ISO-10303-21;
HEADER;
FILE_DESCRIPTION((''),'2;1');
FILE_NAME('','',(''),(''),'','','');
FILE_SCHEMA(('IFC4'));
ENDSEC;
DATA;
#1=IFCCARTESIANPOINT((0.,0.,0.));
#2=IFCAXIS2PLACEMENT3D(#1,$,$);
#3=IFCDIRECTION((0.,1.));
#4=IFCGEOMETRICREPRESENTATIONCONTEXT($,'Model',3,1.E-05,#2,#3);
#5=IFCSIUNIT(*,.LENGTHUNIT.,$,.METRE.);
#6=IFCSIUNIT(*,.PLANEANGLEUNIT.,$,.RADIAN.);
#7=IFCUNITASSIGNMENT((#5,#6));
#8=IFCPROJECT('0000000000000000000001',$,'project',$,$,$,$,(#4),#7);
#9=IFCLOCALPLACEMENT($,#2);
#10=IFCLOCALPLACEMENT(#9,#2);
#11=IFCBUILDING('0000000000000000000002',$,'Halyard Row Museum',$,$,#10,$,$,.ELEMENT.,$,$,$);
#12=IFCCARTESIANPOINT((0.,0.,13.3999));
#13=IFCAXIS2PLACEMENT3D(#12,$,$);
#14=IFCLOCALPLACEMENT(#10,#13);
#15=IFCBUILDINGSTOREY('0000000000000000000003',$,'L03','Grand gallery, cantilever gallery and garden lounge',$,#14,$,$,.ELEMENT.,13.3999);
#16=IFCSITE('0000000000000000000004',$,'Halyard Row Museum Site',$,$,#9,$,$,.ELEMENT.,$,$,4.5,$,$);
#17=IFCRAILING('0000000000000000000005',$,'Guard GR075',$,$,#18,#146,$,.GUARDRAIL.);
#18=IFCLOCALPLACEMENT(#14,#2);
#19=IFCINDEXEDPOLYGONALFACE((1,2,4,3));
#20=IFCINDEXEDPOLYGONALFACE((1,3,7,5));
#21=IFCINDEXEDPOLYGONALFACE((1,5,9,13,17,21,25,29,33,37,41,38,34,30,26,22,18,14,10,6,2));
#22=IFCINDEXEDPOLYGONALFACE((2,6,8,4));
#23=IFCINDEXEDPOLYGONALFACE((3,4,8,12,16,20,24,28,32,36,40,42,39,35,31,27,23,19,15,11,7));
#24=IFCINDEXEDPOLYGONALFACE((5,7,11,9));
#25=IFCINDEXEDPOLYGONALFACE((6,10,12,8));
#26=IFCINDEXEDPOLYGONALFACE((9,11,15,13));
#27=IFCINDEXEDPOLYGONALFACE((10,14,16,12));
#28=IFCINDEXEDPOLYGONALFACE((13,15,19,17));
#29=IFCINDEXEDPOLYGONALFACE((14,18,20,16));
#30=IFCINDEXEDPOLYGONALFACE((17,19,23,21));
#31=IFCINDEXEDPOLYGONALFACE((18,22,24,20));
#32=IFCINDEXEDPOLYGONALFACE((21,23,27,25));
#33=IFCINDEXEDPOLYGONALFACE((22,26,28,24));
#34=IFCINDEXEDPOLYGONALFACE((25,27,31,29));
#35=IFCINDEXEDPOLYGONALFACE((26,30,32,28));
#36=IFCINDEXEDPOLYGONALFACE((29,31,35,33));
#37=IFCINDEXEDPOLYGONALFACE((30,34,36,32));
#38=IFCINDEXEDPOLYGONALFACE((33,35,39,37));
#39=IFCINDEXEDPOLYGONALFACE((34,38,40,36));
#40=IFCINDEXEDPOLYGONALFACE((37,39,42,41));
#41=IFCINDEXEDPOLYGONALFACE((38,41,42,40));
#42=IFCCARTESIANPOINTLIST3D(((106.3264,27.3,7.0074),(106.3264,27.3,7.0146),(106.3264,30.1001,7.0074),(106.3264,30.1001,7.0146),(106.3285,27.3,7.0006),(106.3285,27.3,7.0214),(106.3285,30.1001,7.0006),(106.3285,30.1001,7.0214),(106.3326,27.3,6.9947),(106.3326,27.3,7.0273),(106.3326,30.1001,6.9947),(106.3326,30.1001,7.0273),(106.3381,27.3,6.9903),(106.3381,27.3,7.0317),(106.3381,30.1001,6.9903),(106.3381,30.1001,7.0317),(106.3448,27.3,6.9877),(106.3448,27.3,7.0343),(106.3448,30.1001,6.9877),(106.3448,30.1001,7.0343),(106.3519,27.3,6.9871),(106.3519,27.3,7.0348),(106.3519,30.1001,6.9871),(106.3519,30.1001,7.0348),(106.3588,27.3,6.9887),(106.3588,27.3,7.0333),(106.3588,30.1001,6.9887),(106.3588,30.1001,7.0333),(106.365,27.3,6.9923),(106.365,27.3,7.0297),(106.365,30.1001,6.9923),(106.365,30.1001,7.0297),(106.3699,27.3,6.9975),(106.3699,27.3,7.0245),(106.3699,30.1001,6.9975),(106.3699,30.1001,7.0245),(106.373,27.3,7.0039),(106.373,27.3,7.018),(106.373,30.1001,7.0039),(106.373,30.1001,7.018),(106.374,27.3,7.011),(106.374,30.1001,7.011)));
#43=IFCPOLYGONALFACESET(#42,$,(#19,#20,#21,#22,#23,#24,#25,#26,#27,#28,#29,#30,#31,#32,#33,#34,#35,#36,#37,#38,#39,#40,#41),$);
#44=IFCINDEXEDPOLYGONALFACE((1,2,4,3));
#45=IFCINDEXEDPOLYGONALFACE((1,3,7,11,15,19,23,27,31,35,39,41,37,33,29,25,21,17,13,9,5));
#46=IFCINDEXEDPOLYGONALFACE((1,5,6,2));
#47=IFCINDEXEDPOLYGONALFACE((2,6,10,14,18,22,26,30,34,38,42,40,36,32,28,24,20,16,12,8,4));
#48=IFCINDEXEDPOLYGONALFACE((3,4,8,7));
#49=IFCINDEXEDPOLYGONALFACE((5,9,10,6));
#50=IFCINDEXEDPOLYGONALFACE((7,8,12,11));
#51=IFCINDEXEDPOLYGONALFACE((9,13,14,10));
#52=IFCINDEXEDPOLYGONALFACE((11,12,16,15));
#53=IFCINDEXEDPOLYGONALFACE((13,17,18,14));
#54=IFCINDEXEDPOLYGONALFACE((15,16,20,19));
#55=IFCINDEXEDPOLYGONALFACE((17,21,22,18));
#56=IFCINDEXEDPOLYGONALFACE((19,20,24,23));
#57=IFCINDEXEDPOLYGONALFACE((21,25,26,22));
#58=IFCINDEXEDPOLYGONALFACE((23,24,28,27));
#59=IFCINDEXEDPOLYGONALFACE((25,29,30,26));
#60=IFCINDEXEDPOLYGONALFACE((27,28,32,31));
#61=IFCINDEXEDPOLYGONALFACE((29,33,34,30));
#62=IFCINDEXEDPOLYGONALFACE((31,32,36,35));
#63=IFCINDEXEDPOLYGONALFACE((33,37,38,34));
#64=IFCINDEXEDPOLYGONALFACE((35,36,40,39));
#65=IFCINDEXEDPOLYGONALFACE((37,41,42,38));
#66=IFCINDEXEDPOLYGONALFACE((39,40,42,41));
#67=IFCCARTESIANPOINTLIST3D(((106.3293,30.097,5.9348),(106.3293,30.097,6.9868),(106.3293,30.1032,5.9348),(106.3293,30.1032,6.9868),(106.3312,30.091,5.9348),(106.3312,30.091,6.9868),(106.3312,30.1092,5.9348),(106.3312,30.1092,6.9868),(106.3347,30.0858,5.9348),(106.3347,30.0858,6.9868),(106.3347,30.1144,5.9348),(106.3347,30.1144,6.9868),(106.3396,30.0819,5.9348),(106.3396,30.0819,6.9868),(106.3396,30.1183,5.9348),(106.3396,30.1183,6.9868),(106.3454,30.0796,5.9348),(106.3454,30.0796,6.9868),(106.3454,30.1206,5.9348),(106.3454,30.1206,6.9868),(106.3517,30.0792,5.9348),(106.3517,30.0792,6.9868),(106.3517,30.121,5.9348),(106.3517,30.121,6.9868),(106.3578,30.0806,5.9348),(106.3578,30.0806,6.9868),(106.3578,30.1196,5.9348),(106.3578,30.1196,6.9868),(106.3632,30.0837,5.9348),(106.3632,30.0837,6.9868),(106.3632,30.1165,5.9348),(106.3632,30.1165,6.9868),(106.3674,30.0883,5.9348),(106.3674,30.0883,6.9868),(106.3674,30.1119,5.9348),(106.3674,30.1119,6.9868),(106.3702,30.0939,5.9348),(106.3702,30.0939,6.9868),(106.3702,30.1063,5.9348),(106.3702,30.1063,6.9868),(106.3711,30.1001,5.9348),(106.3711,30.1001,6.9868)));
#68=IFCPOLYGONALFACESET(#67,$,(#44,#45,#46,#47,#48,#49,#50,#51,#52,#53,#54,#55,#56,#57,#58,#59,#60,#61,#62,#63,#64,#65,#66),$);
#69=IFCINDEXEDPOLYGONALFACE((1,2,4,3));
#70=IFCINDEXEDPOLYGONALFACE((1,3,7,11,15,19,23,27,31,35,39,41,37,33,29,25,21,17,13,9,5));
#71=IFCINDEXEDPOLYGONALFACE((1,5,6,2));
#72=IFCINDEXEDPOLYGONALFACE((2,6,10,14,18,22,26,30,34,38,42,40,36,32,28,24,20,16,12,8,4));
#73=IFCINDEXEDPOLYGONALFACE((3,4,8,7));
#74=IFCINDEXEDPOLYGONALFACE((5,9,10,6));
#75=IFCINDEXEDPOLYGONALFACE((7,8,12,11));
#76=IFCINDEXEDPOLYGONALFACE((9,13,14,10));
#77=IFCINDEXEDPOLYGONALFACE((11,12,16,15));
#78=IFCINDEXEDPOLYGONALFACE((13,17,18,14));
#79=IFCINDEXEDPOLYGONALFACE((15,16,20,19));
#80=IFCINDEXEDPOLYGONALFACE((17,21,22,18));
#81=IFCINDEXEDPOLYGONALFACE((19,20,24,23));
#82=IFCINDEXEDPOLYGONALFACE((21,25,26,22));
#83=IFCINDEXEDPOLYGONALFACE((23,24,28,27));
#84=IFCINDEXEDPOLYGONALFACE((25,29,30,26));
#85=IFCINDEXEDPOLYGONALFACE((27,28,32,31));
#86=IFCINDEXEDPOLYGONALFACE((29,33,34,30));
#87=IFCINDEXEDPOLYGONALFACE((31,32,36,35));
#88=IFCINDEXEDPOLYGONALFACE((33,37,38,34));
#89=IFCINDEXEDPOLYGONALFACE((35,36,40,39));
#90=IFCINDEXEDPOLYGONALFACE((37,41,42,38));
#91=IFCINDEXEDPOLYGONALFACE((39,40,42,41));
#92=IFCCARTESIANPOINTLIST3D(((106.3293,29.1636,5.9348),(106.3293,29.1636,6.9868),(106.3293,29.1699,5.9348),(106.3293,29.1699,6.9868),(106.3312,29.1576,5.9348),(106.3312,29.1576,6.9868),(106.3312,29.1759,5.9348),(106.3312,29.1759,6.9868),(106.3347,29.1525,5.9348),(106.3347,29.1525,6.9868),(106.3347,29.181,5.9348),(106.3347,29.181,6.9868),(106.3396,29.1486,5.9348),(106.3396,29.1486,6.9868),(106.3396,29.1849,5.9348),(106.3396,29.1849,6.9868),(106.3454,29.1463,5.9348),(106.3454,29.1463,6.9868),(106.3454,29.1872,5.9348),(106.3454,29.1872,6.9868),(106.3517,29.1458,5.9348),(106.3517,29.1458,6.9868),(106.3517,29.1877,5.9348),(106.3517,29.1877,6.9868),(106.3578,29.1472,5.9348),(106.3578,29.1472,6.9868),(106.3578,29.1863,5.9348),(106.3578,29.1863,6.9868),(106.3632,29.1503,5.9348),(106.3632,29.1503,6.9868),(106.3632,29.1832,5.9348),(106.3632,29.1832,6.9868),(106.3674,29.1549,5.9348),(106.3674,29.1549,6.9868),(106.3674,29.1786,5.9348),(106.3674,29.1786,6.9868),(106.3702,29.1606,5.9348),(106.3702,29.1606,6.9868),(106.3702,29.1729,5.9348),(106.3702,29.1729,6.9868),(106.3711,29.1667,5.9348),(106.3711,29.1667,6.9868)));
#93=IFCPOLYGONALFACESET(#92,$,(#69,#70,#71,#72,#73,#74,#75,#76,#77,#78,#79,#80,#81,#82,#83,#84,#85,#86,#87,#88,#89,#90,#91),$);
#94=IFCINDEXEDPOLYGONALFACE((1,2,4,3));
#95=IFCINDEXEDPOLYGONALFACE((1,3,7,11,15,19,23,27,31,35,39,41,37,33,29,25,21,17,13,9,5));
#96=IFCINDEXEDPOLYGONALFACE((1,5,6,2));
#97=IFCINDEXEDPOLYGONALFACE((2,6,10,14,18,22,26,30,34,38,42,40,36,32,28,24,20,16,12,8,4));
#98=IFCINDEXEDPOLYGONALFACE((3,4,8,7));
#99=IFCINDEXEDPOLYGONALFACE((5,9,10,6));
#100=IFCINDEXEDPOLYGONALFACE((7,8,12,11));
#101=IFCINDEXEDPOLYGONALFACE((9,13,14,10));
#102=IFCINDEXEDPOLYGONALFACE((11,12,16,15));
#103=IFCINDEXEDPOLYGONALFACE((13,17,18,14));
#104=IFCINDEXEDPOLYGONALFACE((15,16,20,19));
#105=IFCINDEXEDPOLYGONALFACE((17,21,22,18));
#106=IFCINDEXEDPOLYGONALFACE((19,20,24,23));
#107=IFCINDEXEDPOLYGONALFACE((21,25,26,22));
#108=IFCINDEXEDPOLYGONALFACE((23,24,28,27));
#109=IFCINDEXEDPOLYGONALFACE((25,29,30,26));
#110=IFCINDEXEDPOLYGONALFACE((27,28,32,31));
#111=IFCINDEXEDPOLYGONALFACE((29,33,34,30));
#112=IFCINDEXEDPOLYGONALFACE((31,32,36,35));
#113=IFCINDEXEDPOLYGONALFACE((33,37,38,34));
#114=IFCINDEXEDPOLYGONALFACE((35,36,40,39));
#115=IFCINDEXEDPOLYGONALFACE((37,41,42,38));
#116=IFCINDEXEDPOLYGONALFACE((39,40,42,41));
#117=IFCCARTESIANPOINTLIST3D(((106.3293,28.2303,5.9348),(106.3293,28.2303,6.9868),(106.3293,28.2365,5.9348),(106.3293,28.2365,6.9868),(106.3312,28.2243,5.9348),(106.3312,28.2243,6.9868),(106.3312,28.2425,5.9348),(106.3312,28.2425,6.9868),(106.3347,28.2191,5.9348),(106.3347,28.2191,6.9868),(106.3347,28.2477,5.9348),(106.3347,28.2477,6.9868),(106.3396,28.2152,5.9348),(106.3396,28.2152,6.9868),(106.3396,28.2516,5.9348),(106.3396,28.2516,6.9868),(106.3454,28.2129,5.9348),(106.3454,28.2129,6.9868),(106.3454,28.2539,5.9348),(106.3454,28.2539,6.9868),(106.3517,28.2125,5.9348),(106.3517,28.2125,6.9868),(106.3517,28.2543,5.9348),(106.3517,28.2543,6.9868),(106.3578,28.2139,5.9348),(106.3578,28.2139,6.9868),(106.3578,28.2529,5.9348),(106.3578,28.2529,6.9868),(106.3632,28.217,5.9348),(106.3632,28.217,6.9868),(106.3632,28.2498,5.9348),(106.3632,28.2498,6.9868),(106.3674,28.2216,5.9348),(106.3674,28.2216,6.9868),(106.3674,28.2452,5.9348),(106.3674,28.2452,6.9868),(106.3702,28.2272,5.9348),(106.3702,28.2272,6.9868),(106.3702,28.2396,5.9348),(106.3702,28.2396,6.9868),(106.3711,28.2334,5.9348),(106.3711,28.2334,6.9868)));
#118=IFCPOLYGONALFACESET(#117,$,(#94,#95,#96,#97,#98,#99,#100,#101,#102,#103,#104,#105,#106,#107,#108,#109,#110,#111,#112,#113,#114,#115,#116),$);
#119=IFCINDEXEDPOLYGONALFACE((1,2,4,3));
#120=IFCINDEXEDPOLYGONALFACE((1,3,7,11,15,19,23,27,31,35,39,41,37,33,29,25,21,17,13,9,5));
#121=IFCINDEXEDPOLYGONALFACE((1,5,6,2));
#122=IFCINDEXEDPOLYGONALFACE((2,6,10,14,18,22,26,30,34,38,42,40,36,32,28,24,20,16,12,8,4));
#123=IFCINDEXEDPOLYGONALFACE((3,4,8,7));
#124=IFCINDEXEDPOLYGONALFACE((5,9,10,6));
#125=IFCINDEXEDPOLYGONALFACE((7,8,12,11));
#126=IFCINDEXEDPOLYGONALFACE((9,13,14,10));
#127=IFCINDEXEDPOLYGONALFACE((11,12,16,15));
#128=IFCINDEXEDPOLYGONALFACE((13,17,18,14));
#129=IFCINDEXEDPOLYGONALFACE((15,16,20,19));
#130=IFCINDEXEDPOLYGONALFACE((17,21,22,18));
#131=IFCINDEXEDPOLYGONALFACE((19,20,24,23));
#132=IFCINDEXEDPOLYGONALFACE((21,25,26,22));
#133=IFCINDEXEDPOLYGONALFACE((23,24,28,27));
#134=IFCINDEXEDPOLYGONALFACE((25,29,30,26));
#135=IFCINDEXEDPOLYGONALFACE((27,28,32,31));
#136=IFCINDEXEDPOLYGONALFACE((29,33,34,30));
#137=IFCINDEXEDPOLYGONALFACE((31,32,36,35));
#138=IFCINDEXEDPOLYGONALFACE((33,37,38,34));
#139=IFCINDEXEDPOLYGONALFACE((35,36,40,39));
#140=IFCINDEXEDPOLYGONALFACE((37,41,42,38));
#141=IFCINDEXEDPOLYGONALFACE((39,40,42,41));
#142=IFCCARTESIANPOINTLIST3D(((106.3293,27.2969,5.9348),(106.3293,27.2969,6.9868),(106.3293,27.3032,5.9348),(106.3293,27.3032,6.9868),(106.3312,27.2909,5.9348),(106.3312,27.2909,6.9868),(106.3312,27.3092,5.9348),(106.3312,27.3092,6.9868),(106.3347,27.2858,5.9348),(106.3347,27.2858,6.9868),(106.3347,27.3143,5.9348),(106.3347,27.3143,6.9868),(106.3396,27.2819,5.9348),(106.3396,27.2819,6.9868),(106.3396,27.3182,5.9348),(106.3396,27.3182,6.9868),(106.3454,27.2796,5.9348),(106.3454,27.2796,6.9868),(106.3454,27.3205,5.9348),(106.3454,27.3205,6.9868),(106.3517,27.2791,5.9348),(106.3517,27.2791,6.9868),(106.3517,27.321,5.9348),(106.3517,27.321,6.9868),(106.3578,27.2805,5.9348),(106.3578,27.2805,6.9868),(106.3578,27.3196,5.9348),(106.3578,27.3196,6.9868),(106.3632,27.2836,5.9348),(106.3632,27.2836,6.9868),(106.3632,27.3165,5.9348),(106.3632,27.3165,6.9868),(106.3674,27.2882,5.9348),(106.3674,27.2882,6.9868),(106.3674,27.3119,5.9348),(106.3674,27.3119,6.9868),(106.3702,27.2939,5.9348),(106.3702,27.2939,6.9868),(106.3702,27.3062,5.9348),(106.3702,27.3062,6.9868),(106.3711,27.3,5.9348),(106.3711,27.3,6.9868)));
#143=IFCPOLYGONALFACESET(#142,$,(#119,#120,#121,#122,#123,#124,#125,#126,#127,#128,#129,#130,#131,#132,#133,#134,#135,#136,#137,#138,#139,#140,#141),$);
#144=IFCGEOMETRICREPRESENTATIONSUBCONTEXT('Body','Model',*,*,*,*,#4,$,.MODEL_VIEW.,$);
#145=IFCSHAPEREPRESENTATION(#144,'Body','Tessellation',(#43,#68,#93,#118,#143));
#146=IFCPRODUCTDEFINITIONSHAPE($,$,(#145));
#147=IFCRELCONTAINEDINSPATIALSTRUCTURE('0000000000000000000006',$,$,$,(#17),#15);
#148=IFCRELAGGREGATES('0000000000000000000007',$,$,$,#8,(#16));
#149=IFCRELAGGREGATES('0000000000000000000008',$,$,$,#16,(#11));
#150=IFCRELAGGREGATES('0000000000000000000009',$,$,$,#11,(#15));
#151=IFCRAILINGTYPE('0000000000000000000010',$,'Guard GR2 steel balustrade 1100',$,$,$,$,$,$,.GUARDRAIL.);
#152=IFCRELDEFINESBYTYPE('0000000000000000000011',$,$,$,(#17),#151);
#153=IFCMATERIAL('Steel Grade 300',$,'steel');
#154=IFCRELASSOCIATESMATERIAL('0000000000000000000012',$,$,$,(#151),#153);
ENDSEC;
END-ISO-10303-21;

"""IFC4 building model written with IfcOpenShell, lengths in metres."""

from ifc_helpers import new_model, si_unit, direction, frame, origin, origin_2d, place, context, subcontext, project, spatial, circle, extrude, material, type_object, element, save


model = new_model("IFC4")

# Units and contexts
model_context = context("Model", 3, precision=1e-05, world=origin(), true_north=direction((0.0, 1.0)))
body_context = subcontext(model_context, "Body", "Model", "MODEL_VIEW")
ifc_project = project(units=[si_unit("LENGTHUNIT", "METRE"), si_unit("PLANEANGLEUNIT", "RADIAN")], contexts=[model_context])

# Site, building, storey
site_placement = place(None, origin())
site = spatial("IfcSite", under=ifc_project, at=site_placement, Name="Halyard Row Museum Site", CompositionType="ELEMENT", RefElevation=4.5)
building_placement = place(site_placement, origin())
building = spatial("IfcBuilding", under=site, at=building_placement, Name="Halyard Row Museum", CompositionType="ELEMENT")
storey_placement = place(building_placement, frame((0.0, 0.0, 13.3999)))
storey = spatial("IfcBuildingStorey", under=building, at=storey_placement, Name="L03", Description="Grand gallery, cantilever gallery and garden lounge", CompositionType="ELEMENT", Elevation=13.3999)

# Railing
ifc_material_1 = material(Name="Steel Grade 300", Category="steel")
railing_type_1 = type_object("IfcRailingType", Name="Guard GR2 steel balustrade 1100", PredefinedType="GUARDRAIL", material=ifc_material_1)
railing_1_placement = place(storey_placement, frame((106.3501, 30.1001, 5.9348)))
element("IfcRailing", 1, at=railing_1_placement, inside=storey, type_object=railing_type_1, Name="Guard GR075", PredefinedType="GUARDRAIL", context=body_context, shape_type="SweptSolid", body=[
    extrude(circle(Radius=0.0239, at=origin_2d()), frame((0.0, 0.0, 1.0762), z_axis=(0.0, -1.0, 0.0), x_axis=(1.0, 0.0, 0.0)), (0.0, 0.0, 1.0), 2.8),
    extrude(circle(Radius=0.021, at=origin_2d()), origin(), (0.0, 0.0, 1.0), 1.052),
    extrude(circle(Radius=0.021, at=origin_2d()), frame((0.0, -0.9333, 0.0)), (0.0, 0.0, 1.0), 1.052),
    extrude(circle(Radius=0.021, at=origin_2d()), frame((0.0, -1.8667, 0.0)), (0.0, 0.0, 1.0), 1.052),
    extrude(circle(Radius=0.021, at=origin_2d()), frame((0.0, -2.8, 0.0)), (0.0, 0.0, 1.0), 1.052),
])

save(model, "model.ifc")
